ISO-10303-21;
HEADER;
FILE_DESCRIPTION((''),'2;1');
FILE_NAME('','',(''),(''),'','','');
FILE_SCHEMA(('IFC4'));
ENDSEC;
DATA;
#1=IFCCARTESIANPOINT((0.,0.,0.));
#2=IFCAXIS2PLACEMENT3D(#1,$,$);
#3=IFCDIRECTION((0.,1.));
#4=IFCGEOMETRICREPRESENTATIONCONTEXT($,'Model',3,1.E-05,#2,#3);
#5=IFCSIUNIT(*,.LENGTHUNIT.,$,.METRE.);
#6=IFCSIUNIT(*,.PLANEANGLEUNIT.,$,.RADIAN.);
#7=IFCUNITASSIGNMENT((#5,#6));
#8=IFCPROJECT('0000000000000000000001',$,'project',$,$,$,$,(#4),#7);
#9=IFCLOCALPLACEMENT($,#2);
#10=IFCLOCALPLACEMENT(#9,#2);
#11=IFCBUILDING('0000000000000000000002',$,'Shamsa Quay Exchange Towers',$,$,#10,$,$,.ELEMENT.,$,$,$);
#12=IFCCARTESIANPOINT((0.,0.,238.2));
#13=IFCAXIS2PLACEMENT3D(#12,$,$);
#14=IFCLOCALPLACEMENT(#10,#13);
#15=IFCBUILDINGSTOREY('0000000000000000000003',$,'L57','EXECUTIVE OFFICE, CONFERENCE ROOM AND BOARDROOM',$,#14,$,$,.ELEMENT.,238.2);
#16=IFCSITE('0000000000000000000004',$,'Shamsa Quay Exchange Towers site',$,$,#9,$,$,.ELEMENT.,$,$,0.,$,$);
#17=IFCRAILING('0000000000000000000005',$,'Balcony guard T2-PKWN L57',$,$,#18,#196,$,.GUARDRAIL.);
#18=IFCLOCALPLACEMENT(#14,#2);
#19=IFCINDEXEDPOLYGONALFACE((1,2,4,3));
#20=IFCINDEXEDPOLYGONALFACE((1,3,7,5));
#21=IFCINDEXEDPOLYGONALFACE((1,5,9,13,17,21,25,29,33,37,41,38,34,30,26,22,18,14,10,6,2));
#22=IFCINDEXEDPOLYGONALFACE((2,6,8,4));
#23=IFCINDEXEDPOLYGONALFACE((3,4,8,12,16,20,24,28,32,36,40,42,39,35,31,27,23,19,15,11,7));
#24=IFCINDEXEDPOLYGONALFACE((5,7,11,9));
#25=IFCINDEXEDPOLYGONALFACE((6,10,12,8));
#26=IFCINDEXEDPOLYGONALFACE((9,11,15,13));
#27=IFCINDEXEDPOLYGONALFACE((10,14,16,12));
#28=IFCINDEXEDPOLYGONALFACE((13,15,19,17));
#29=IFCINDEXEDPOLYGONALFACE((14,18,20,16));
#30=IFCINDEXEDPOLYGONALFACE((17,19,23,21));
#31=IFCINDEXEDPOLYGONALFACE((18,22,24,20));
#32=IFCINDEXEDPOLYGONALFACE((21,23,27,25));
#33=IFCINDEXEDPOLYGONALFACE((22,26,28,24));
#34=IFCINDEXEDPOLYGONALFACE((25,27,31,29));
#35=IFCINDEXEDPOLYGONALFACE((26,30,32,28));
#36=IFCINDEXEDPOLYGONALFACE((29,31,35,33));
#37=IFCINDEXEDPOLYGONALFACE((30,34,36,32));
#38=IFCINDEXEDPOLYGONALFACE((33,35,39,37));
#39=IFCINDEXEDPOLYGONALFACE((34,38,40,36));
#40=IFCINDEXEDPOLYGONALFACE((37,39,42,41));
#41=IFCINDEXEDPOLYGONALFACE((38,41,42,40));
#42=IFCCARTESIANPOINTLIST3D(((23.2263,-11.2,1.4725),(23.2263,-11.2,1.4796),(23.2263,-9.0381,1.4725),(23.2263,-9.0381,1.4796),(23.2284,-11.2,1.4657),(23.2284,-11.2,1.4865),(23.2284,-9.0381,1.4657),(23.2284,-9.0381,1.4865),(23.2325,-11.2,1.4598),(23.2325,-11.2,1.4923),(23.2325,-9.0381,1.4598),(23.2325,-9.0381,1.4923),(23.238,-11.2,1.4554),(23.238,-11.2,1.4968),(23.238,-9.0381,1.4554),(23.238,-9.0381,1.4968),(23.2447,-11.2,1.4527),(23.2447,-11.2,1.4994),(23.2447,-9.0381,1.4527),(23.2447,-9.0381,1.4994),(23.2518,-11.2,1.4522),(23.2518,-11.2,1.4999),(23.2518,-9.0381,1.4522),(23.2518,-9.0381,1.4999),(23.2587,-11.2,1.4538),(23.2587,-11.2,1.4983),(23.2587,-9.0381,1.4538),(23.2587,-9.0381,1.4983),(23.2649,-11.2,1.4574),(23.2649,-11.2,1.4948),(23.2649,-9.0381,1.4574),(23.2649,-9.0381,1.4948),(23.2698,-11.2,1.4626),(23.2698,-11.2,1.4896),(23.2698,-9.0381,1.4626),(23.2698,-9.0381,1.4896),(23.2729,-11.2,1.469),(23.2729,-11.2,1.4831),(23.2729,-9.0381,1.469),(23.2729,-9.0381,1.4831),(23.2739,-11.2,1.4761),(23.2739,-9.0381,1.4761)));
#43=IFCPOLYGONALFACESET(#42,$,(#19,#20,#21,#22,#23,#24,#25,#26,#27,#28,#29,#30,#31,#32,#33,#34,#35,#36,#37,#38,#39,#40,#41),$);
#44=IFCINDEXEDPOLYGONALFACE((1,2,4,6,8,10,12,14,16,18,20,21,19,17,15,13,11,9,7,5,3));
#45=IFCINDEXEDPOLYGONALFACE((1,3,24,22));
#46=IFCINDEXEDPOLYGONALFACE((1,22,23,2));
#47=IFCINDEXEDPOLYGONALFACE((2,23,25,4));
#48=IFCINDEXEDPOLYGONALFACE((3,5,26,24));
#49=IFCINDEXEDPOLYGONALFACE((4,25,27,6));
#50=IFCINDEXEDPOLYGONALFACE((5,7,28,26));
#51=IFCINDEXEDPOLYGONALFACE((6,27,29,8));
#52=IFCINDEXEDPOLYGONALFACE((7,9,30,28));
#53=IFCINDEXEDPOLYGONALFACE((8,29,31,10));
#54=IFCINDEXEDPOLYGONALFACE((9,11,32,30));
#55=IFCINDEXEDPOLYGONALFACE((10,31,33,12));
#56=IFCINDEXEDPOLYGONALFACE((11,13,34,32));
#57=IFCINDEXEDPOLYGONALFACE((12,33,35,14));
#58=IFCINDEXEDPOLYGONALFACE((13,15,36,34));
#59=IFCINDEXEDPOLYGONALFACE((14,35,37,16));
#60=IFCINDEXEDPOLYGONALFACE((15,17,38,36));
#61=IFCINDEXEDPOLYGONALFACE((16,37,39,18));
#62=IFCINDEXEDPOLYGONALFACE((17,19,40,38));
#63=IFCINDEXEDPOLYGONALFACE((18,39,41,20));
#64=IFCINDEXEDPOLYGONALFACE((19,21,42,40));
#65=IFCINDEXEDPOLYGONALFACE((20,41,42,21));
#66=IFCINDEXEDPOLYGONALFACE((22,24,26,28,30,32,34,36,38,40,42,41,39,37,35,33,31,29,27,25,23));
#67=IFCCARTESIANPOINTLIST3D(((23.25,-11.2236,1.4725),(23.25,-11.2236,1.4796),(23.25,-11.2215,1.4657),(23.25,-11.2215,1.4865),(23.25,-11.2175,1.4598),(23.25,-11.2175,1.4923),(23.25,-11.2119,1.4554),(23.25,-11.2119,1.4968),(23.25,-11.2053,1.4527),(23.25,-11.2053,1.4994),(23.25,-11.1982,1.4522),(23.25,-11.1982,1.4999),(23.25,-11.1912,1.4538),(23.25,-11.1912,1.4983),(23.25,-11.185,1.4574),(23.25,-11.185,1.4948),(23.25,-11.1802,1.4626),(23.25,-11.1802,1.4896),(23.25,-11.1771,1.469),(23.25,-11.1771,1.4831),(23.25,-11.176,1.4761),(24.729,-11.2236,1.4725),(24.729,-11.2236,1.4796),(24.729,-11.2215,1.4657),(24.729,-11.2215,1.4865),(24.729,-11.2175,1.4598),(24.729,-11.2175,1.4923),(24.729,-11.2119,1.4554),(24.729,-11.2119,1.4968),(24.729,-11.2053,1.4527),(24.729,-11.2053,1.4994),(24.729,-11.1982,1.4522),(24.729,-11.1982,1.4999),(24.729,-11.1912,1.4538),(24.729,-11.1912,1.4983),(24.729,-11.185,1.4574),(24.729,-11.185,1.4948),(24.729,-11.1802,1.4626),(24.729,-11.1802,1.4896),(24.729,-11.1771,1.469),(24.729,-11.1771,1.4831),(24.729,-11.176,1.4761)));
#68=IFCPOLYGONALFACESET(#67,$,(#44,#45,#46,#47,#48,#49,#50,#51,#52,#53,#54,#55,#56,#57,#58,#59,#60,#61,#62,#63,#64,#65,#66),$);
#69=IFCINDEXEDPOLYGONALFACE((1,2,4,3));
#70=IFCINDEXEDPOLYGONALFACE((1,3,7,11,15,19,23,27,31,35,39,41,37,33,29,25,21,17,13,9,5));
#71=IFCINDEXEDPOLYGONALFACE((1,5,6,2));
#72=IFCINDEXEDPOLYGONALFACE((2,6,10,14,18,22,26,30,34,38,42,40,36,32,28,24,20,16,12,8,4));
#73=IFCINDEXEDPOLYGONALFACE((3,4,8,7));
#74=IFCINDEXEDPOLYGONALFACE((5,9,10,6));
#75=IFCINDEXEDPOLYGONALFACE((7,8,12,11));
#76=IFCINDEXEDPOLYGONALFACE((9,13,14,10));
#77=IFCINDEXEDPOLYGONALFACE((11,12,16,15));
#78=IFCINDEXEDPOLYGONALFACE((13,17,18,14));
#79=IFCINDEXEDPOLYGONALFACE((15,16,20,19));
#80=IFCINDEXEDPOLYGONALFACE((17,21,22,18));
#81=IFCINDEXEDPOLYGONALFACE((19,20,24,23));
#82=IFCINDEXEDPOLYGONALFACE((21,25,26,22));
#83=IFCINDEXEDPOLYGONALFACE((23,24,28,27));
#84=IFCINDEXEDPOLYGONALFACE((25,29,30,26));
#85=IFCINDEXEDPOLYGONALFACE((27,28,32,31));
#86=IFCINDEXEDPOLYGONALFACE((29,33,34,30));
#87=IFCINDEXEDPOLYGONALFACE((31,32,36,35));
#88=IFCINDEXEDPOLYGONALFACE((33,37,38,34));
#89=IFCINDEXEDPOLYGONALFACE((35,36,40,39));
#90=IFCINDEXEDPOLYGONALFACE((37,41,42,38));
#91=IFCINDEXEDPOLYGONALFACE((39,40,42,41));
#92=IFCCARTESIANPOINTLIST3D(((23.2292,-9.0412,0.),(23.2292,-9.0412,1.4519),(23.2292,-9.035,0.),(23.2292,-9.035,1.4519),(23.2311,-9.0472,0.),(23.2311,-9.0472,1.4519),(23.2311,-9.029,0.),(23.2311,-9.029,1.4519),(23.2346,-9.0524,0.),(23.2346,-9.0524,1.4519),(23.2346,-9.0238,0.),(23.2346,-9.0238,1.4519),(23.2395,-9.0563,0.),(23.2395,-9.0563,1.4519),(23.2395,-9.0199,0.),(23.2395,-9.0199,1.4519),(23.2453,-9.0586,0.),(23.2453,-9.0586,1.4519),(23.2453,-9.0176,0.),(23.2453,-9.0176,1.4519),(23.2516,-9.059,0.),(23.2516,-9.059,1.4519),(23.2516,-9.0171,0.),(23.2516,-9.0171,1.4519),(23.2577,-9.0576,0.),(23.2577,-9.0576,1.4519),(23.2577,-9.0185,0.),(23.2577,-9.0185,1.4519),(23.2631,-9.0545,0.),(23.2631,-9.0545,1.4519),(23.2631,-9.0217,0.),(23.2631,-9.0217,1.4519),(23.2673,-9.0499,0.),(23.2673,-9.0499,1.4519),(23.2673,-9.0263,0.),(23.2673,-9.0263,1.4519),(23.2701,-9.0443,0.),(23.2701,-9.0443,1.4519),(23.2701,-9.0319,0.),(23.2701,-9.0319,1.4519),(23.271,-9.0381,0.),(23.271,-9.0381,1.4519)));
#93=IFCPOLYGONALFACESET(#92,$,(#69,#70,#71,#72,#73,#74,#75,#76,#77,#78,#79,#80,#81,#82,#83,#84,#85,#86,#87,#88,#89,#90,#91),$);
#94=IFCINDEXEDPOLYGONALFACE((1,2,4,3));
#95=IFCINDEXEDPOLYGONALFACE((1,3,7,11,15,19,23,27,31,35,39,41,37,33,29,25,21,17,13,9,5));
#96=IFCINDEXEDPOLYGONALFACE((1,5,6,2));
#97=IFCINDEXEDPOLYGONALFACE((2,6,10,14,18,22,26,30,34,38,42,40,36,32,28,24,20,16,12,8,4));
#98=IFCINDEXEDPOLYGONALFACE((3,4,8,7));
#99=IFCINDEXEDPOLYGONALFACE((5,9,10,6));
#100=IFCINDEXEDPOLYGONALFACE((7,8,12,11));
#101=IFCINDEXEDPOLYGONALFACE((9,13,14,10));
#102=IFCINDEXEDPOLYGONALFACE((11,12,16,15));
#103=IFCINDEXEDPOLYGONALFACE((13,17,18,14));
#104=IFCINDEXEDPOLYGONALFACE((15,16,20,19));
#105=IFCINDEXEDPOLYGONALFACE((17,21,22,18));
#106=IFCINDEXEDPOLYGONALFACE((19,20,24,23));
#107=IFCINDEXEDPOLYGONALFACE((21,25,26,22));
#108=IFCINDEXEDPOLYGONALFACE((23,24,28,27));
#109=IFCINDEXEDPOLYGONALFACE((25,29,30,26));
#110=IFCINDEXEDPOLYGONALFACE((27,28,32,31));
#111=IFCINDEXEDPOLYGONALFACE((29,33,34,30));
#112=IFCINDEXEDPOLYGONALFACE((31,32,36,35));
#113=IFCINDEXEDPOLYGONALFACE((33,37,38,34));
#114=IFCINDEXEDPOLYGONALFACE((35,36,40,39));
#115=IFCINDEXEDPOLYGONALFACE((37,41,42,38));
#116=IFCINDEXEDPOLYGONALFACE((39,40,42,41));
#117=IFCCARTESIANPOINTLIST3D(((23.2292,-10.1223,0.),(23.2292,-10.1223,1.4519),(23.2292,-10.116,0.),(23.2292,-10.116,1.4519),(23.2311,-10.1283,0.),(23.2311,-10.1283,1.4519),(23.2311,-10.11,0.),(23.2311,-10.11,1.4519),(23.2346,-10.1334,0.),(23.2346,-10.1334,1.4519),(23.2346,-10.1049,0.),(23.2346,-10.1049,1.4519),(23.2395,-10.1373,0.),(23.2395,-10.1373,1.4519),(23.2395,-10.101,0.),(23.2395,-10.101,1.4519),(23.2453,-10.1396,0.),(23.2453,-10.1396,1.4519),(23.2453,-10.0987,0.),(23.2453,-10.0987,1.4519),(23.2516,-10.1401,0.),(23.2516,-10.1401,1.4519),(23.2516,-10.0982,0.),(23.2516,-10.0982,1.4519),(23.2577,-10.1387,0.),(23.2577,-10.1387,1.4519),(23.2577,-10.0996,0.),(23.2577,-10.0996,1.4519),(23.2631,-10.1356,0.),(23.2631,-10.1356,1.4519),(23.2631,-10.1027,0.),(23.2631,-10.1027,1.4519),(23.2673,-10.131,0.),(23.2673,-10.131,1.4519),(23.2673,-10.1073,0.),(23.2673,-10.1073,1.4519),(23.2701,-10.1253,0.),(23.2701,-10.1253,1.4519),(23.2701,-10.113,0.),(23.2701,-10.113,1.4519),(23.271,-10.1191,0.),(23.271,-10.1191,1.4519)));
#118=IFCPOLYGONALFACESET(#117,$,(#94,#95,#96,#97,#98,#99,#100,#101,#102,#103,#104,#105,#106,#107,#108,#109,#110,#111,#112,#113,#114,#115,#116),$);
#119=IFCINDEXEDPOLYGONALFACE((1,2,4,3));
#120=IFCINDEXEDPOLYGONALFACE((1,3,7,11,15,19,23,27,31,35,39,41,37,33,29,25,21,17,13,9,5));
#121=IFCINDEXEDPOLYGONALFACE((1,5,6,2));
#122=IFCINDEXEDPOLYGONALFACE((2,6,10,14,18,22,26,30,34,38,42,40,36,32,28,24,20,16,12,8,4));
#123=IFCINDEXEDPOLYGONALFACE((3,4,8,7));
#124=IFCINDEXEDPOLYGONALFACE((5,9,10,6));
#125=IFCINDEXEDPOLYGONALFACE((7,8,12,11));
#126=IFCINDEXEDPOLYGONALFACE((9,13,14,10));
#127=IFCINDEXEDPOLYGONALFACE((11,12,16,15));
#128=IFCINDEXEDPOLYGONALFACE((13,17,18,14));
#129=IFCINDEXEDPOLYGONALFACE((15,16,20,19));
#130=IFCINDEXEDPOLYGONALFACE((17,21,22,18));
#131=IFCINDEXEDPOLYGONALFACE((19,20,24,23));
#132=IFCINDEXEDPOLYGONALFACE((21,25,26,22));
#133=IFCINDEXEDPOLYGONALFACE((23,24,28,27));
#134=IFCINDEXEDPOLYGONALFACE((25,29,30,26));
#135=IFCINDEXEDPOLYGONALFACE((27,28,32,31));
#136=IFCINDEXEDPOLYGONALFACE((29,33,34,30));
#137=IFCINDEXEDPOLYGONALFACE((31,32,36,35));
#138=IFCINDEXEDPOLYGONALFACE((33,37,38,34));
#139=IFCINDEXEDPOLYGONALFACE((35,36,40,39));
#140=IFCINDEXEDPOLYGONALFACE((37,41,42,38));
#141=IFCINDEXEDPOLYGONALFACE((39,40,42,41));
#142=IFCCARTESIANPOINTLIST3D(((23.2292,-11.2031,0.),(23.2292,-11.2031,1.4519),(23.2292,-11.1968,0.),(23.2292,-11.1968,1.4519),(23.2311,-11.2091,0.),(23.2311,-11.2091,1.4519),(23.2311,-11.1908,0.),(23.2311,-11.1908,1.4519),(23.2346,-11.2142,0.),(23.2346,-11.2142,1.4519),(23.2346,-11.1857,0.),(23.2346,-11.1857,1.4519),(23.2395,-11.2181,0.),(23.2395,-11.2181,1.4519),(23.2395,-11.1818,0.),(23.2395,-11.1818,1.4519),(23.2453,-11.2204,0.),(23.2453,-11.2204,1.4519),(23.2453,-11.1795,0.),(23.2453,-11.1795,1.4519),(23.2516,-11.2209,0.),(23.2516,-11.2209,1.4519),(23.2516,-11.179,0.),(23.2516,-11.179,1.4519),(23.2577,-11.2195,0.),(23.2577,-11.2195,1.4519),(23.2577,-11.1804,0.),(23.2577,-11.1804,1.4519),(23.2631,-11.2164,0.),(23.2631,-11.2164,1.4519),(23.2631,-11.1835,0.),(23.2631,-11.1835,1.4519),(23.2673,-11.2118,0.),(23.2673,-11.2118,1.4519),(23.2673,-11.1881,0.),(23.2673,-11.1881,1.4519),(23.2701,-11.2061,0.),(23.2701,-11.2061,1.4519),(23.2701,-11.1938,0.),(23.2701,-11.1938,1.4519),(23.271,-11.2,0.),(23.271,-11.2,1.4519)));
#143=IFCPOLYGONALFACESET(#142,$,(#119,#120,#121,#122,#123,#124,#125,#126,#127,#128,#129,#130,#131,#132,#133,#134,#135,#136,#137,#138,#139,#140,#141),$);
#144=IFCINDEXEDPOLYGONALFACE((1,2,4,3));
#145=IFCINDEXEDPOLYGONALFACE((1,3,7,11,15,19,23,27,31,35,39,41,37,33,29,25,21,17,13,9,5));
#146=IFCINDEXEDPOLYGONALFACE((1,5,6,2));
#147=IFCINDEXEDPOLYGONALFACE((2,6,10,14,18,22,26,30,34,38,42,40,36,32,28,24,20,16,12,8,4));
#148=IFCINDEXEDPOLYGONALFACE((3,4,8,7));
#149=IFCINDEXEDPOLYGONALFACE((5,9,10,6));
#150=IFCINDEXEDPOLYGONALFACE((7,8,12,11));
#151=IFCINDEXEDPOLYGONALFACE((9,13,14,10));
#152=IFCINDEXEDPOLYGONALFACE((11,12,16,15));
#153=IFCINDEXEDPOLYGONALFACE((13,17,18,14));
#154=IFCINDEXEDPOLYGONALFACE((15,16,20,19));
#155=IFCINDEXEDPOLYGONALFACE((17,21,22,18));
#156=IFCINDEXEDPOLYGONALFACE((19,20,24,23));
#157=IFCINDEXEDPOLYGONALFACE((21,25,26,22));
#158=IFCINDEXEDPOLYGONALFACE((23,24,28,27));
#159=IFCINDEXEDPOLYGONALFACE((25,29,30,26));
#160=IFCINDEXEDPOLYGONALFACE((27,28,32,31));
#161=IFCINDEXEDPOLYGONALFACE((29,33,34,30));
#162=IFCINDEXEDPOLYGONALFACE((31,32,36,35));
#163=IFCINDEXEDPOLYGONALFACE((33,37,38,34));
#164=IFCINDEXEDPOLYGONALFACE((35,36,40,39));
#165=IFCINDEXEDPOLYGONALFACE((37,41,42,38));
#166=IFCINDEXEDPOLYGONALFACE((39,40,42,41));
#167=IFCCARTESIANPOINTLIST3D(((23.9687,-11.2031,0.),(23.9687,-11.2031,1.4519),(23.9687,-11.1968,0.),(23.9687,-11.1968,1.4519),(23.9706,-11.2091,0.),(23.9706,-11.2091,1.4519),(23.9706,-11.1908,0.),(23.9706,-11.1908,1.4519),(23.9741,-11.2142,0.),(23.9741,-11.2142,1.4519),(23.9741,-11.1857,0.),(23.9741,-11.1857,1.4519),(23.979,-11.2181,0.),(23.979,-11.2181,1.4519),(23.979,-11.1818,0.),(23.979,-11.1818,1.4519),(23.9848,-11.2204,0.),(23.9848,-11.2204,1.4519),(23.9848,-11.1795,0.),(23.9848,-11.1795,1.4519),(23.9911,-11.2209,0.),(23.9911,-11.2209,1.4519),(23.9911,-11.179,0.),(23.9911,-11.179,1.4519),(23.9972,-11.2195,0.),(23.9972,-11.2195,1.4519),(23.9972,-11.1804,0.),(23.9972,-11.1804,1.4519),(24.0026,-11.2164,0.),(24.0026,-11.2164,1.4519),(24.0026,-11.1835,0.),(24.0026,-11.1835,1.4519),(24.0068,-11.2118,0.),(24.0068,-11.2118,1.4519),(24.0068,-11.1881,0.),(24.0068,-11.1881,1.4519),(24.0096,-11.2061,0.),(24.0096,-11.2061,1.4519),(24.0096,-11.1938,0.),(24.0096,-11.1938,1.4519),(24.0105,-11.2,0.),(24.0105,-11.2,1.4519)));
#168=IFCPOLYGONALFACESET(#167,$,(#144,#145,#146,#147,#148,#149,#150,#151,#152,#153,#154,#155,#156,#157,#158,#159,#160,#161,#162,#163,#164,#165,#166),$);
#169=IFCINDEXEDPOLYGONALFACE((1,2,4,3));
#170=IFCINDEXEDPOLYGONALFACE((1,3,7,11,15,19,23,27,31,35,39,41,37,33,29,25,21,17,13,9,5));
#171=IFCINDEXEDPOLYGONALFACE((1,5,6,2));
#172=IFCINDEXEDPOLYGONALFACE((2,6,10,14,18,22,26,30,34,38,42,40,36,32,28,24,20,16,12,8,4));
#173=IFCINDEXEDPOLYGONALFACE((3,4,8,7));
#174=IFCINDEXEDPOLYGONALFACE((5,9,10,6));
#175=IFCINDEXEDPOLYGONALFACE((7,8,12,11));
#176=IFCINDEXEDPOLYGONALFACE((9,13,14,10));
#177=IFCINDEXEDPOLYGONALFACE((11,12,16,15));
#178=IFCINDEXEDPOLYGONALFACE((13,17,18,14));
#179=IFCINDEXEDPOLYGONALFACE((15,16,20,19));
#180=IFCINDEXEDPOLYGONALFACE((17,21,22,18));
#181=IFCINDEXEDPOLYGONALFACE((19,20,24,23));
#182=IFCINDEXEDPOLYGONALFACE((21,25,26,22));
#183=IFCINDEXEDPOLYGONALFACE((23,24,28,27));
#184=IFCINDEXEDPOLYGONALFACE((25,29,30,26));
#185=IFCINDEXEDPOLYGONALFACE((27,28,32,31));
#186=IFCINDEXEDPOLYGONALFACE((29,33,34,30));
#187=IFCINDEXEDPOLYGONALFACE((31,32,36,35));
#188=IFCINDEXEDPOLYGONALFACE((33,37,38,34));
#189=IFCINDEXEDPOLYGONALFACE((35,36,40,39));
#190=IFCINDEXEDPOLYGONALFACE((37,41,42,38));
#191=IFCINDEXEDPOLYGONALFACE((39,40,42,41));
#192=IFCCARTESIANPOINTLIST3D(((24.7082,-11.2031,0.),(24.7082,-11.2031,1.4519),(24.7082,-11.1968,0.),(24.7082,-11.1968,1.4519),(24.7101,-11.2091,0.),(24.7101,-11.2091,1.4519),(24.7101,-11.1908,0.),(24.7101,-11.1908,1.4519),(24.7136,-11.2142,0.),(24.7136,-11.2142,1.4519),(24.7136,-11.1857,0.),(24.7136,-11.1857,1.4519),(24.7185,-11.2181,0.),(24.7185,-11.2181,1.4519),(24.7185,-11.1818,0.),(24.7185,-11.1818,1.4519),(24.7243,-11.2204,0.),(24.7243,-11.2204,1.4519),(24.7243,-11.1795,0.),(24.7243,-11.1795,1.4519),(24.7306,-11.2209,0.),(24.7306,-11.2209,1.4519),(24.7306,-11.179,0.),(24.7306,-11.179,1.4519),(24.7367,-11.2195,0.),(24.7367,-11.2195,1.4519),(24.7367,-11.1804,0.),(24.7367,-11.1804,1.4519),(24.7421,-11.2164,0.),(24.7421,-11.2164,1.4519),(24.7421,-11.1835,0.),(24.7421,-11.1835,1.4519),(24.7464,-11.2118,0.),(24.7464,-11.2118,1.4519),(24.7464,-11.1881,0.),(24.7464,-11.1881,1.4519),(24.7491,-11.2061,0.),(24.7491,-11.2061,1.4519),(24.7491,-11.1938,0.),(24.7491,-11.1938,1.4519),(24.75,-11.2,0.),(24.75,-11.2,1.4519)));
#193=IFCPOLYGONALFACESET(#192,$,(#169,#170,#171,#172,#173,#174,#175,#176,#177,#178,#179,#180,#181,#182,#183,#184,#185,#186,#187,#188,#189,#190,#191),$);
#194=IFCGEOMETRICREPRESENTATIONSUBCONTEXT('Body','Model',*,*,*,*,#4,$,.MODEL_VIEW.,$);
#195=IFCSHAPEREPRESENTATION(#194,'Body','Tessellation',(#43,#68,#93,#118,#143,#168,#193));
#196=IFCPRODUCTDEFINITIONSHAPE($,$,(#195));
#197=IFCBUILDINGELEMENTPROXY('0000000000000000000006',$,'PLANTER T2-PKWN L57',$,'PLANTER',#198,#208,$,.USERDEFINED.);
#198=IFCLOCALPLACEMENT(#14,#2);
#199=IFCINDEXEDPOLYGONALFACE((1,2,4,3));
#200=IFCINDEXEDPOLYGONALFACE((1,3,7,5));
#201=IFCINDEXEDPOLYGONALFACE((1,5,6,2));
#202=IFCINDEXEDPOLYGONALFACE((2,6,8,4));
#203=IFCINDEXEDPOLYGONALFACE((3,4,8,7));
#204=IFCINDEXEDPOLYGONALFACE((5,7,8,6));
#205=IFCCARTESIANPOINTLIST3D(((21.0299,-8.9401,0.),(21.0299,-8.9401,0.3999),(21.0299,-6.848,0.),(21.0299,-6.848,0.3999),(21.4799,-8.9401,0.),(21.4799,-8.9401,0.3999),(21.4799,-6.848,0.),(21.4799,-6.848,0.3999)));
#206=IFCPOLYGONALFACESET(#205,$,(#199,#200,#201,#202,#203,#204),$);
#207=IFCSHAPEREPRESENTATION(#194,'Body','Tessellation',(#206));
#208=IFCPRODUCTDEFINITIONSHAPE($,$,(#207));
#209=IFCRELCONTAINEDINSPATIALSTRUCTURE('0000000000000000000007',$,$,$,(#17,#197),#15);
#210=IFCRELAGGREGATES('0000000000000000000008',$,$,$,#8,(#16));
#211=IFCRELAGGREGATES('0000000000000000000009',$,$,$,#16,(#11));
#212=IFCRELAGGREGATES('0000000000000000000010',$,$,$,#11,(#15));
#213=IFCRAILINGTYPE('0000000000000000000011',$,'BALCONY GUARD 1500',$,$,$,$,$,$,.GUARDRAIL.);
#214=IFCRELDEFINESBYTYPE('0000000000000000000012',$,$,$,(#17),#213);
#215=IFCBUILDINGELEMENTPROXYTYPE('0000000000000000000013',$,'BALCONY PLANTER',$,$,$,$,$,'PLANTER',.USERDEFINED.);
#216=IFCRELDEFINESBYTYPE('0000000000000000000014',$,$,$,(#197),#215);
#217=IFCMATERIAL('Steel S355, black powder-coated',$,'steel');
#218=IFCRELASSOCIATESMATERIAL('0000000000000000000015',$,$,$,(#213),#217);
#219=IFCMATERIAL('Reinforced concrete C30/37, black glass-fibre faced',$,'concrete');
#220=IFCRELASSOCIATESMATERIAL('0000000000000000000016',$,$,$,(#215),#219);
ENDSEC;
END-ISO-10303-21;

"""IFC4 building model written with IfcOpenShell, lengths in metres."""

from ifc_helpers import new_model, si_unit, direction, frame, origin, origin_2d, place, context, subcontext, project, spatial, rectangle, circle, extrude, material, type_object, element, save


model = new_model("IFC4")

# Units and contexts
model_context = context("Model", 3, precision=1e-05, world=origin(), true_north=direction((0.0, 1.0)))
body_context = subcontext(model_context, "Body", "Model", "MODEL_VIEW")
ifc_project = project(units=[si_unit("LENGTHUNIT", "METRE"), si_unit("PLANEANGLEUNIT", "RADIAN")], contexts=[model_context])

# Site, building, storey
site_placement = place(None, origin())
site = spatial("IfcSite", under=ifc_project, at=site_placement, Name="Shamsa Quay Exchange Towers site", CompositionType="ELEMENT", RefElevation=0.0)
building_placement = place(site_placement, origin())
building = spatial("IfcBuilding", under=site, at=building_placement, Name="Shamsa Quay Exchange Towers", CompositionType="ELEMENT")
storey_placement = place(building_placement, frame((0.0, 0.0, 238.2)))
storey = spatial("IfcBuildingStorey", under=building, at=storey_placement, Name="L57", Description="EXECUTIVE OFFICE, CONFERENCE ROOM AND BOARDROOM", CompositionType="ELEMENT", Elevation=238.2)

# Railing
ifc_material_1 = material(Name="Steel S355, black powder-coated", Category="steel")
railing_type = type_object("IfcRailingType", Name="BALCONY GUARD 1500", PredefinedType="GUARDRAIL", material=ifc_material_1)
for number, where, name in (
    (1, (23.25, -9.0381, 0.0), "Balcony guard T2-PKWN L57"),
):
    element("IfcRailing", number, at=place(storey_placement, frame(where)), inside=storey, type_object=railing_type, Name=name, PredefinedType="GUARDRAIL", context=body_context, shape_type="SweptSolid", body=[
        extrude(circle(Radius=0.0239, at=origin_2d()), frame((0.0, 0.0, 1.4761), z_axis=(0.0, -1.0, 0.0), x_axis=(1.0, 0.0, 0.0)), (0.0, 0.0, 1.0), 2.1619),
        extrude(circle(Radius=0.0239, at=origin_2d()), frame((0.0, -2.1619, 1.4761), z_axis=(1.0, 0.0, 0.0), x_axis=(0.0, 1.0, 0.0)), (0.0, 0.0, 1.0), 1.479),
        extrude(circle(Radius=0.021, at=origin_2d()), origin(), (0.0, 0.0, 1.0), 1.4519),
        extrude(circle(Radius=0.021, at=origin_2d()), frame((0.0, -1.0811, 0.0)), (0.0, 0.0, 1.0), 1.4519),
        extrude(circle(Radius=0.021, at=origin_2d()), frame((0.0, -2.1619, 0.0)), (0.0, 0.0, 1.0), 1.4519),
        extrude(circle(Radius=0.021, at=origin_2d()), frame((0.7395, -2.1619, 0.0)), (0.0, 0.0, 1.0), 1.4519),
        extrude(circle(Radius=0.021, at=origin_2d()), frame((1.479, -2.1619, 0.0)), (0.0, 0.0, 1.0), 1.4519),
    ])

# Building element proxy
ifc_material_2 = material(Name="Reinforced concrete C30/37, black glass-fibre faced", Category="concrete")
building_element_proxy_type = type_object("IfcBuildingElementProxyType", Name="BALCONY PLANTER", ElementType="PLANTER", PredefinedType="USERDEFINED", material=ifc_material_2)
for number, where, z_axis, x_axis, name in (
    (2, (21.2549, -7.894, 0.0), (0.0, 0.0, 1.0), (0.0, -1.0, 0.0), "PLANTER T2-PKWN L57"),
):
    element("IfcBuildingElementProxy", number, at=place(storey_placement, frame(where, z_axis=z_axis, x_axis=x_axis)), inside=storey, type_object=building_element_proxy_type, Name=name, ObjectType="PLANTER", PredefinedType="USERDEFINED", context=body_context, shape_type="SweptSolid", body=[
        extrude(rectangle(XDim=2.092, YDim=0.45, at=origin_2d()), origin(), (0.0, 0.0, 1.0), 0.3999),
    ])

save(model, "model.ifc")
